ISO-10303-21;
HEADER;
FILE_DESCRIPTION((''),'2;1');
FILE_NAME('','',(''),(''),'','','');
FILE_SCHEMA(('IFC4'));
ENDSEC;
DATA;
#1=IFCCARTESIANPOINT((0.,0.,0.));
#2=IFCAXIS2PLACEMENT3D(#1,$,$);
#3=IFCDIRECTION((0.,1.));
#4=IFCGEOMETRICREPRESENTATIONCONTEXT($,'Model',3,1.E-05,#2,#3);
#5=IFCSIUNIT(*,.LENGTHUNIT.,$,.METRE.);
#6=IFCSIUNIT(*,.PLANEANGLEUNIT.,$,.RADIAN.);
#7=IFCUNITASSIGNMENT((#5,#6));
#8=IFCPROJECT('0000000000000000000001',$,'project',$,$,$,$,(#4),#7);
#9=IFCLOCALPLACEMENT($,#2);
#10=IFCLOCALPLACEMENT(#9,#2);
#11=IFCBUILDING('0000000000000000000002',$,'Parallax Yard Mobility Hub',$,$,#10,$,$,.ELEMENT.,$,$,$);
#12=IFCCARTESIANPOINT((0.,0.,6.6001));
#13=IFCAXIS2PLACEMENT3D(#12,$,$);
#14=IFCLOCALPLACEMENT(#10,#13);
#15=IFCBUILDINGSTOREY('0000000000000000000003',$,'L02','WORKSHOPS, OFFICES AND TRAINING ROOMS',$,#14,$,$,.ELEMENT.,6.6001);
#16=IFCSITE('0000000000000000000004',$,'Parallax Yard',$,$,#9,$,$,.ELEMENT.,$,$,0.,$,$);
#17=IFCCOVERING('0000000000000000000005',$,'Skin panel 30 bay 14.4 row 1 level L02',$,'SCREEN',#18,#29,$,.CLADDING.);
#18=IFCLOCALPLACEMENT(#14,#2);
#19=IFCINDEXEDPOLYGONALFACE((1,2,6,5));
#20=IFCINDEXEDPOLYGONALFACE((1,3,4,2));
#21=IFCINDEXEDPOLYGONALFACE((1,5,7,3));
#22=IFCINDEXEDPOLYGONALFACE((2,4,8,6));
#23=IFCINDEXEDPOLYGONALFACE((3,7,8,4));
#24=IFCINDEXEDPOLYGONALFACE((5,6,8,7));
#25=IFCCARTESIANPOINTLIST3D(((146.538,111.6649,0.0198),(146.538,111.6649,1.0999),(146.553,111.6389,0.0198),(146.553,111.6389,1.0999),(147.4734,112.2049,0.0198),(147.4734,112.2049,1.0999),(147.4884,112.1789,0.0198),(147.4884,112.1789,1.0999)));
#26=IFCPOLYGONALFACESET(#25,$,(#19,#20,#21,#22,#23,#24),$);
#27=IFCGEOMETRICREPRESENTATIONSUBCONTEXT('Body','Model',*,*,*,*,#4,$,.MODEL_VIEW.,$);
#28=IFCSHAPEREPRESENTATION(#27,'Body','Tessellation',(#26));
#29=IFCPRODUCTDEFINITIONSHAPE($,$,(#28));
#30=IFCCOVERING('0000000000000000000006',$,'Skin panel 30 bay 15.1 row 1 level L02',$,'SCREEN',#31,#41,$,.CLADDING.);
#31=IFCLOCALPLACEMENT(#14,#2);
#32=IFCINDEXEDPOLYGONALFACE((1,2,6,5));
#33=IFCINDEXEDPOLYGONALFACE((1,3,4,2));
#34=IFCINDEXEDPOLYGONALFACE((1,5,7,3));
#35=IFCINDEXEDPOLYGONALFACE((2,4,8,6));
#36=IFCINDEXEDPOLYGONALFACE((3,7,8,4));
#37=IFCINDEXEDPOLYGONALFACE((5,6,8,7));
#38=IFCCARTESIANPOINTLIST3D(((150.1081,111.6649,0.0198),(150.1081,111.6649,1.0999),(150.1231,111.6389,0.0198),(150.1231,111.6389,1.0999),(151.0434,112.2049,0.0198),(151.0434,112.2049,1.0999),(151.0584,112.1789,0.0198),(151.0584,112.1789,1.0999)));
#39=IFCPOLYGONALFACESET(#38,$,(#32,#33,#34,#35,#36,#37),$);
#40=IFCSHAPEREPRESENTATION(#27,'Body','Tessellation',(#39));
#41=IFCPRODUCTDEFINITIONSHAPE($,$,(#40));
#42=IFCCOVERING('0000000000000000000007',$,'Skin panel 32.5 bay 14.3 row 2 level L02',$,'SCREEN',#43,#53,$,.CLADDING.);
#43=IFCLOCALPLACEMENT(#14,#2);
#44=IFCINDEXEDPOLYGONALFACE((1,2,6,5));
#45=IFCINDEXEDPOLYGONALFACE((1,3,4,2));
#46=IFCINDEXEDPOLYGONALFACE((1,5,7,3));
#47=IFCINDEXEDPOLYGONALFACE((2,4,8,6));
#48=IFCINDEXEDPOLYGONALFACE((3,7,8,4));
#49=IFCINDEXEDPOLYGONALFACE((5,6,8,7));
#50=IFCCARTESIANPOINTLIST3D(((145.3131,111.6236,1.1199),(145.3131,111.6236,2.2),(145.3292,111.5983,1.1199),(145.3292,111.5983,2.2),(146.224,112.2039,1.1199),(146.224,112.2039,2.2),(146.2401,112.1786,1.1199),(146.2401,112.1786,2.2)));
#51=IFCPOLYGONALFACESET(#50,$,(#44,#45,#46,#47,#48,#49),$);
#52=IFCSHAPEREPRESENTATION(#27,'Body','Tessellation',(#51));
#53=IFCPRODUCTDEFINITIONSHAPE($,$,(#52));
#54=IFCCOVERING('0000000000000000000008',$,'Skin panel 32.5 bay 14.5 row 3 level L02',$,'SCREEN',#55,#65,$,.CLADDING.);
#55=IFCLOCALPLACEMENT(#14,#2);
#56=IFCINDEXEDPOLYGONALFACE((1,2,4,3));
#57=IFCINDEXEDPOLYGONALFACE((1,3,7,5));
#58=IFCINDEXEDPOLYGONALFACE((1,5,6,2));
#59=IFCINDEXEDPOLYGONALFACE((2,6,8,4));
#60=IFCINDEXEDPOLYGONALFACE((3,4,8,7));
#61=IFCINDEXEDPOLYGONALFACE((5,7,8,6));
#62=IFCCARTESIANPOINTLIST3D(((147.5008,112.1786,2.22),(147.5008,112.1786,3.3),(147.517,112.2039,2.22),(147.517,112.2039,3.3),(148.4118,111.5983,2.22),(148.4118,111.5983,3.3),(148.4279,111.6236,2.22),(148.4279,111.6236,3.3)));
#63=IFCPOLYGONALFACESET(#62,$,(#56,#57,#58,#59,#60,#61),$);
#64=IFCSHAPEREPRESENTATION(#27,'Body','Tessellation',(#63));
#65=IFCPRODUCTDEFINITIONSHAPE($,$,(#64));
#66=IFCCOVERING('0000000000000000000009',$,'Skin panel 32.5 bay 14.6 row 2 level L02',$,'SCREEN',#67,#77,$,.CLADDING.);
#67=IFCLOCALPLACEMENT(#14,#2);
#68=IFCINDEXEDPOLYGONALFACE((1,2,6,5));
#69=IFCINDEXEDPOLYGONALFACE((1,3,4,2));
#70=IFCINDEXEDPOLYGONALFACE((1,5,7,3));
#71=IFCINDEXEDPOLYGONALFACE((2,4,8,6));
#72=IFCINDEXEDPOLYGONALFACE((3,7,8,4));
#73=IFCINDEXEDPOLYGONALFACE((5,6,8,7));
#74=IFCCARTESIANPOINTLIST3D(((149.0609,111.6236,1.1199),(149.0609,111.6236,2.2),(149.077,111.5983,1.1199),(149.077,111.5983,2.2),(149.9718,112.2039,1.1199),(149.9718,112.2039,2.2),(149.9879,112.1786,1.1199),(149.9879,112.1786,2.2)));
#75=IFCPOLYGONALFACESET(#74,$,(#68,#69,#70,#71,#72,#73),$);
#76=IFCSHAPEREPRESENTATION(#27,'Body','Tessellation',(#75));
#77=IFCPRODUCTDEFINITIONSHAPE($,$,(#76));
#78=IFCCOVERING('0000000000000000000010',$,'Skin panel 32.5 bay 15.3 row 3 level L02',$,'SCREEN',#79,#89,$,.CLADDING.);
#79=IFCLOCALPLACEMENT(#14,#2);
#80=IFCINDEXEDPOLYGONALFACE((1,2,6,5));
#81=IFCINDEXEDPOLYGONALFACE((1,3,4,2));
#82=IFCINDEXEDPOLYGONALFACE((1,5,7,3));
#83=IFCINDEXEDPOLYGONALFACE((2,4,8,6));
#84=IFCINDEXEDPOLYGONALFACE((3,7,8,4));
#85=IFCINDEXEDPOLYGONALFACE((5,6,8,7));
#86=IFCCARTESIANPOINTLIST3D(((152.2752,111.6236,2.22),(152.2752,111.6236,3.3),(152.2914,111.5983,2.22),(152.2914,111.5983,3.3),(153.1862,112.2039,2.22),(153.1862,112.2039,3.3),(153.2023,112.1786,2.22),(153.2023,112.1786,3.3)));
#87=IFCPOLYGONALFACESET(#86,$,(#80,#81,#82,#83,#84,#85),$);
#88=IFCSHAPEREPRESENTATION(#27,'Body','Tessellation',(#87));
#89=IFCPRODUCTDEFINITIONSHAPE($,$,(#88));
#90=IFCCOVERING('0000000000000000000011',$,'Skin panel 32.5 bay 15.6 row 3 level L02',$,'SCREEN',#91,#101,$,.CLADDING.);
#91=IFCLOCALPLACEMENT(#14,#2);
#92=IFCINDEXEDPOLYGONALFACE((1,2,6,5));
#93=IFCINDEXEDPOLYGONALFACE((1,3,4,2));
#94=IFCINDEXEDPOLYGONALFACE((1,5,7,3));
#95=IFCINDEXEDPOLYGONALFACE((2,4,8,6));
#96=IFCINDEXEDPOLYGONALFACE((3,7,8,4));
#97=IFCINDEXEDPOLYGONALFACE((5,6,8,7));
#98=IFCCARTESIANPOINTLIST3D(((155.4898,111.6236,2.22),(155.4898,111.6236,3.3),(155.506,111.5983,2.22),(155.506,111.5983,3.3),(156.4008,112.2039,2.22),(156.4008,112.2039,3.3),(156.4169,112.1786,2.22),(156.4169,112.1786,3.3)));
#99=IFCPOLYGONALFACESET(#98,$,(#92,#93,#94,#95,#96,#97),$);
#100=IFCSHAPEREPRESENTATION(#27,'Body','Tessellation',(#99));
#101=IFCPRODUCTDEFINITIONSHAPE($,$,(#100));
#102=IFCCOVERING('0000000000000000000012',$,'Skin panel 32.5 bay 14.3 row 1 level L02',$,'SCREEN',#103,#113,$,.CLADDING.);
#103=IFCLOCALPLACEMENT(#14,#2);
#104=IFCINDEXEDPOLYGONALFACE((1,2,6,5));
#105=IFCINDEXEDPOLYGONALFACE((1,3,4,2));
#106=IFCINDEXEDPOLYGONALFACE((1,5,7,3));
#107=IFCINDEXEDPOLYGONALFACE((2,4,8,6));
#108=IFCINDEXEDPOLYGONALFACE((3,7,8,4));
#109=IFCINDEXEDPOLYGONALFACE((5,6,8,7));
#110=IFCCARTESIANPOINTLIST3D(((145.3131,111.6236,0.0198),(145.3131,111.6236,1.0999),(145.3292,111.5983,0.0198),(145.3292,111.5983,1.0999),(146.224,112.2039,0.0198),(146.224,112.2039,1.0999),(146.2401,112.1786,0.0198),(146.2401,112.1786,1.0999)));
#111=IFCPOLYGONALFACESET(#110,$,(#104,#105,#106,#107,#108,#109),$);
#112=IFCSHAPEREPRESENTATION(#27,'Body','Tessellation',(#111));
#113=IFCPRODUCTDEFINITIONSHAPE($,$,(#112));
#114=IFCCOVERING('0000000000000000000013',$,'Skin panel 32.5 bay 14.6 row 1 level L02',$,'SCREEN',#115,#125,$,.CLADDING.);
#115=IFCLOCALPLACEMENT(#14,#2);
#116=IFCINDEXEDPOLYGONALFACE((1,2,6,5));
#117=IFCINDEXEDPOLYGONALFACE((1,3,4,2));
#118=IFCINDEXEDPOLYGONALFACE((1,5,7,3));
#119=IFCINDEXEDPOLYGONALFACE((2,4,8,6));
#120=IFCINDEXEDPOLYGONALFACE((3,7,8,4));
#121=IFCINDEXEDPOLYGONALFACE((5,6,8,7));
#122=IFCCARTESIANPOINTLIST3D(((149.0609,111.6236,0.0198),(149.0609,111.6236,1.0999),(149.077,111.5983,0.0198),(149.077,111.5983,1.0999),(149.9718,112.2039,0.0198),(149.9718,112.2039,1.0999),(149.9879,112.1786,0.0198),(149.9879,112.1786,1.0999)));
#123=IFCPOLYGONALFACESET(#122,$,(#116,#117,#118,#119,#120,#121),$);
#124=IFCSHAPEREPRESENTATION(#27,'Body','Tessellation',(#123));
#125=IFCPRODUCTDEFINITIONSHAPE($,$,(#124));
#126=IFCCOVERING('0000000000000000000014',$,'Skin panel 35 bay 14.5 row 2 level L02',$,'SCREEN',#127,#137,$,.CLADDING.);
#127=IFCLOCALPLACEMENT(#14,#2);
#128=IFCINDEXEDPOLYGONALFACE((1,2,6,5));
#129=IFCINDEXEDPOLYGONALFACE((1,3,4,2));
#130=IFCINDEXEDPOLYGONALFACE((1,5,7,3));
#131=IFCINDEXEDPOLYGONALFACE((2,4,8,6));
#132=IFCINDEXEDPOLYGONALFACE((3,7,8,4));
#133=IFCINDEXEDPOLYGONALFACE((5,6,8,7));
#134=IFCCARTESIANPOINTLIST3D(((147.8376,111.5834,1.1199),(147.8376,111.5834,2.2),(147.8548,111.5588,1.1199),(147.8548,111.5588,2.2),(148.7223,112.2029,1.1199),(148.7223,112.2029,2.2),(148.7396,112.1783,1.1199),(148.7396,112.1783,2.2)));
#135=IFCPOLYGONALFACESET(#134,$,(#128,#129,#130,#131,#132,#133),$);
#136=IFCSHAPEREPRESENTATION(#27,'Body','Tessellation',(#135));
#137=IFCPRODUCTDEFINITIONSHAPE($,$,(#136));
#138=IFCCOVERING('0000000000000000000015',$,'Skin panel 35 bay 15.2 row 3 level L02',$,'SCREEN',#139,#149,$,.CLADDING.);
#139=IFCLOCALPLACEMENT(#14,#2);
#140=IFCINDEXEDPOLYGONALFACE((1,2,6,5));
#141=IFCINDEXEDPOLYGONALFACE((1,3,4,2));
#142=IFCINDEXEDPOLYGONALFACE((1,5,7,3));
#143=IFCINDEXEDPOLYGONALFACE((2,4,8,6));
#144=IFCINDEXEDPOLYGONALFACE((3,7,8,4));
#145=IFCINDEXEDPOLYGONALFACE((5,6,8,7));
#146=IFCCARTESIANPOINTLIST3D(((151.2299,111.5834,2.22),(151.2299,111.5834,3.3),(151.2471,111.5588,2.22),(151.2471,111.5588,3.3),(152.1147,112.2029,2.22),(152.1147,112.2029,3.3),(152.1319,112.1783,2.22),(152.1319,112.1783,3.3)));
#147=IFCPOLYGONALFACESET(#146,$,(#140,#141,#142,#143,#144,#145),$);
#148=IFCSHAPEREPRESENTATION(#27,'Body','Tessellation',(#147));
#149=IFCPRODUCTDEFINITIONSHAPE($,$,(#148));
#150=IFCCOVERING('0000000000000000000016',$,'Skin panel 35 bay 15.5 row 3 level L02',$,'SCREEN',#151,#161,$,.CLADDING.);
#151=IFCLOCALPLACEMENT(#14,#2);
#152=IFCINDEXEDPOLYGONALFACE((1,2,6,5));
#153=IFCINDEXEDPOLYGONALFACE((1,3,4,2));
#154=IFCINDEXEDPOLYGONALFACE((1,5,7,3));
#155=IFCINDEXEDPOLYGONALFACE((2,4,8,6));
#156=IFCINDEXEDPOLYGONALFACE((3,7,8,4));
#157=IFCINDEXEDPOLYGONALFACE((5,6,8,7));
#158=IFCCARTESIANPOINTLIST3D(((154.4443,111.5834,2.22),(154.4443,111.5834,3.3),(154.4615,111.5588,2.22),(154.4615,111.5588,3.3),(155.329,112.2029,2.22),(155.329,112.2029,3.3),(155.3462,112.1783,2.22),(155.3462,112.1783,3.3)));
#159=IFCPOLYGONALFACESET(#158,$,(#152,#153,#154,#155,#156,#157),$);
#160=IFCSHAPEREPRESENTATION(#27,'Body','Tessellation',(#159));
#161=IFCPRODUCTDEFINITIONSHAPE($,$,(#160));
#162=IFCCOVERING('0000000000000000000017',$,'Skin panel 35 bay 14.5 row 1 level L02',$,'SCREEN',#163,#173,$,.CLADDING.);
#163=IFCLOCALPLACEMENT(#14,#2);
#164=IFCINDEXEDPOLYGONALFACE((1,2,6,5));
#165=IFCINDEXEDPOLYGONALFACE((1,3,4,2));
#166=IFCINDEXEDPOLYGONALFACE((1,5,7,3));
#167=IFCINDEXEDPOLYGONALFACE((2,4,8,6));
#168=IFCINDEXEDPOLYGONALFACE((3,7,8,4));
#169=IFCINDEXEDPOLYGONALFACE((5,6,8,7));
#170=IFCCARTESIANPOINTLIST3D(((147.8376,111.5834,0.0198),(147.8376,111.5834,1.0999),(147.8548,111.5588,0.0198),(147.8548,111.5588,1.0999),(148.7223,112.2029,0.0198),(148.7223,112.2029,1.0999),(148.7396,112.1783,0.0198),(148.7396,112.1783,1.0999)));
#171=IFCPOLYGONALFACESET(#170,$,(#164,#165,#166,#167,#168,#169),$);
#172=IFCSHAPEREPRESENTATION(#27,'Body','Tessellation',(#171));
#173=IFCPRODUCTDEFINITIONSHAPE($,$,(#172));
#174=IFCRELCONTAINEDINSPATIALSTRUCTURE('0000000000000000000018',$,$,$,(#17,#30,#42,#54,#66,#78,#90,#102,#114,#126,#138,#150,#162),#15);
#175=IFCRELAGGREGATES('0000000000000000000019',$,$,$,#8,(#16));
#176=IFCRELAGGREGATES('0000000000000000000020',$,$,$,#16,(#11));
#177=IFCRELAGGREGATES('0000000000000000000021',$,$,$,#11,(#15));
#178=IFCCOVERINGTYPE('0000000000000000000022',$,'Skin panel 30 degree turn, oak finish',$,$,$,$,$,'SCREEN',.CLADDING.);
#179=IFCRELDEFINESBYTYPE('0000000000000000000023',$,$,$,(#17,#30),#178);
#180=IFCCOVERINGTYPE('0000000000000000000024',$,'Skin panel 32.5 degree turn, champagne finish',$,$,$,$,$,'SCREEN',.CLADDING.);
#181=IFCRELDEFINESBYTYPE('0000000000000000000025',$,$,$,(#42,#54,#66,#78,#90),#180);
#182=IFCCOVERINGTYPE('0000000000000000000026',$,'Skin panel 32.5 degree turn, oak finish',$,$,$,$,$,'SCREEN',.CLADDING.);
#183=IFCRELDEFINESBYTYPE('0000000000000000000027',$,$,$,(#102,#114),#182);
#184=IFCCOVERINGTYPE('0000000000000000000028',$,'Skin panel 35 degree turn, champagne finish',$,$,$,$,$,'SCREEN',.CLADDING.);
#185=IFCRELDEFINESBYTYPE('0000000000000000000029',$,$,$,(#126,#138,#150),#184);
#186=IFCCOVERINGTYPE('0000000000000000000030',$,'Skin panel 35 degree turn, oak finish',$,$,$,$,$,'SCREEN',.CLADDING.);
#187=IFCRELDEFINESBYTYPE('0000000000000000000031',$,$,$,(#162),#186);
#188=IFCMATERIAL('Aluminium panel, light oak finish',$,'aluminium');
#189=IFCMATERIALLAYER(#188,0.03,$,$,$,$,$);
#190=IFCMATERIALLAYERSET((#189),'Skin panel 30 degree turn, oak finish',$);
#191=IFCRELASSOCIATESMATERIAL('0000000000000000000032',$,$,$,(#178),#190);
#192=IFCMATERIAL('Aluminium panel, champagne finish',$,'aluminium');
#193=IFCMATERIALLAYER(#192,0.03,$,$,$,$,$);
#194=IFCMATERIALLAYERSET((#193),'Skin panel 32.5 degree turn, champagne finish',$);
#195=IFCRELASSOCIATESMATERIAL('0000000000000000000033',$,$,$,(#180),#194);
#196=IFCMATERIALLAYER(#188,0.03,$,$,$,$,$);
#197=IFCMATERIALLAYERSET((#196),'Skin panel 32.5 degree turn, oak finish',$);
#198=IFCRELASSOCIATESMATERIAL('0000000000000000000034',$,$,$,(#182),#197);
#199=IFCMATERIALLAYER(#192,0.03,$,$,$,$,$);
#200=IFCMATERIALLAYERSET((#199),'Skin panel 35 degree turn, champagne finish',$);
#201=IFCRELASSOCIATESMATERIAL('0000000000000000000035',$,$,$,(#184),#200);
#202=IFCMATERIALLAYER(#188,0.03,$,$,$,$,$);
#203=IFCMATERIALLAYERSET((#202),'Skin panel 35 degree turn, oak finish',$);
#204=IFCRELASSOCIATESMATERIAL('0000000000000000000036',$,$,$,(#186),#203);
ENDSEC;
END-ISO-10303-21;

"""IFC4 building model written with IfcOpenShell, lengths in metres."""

from ifc_helpers import new_model, si_unit, direction, frame, origin, origin_2d, place, context, subcontext, project, spatial, rectangle, extrude, material, layer, layer_set, type_object, element, save


model = new_model("IFC4")

# Units and contexts
model_context = context("Model", 3, precision=1e-05, world=origin(), true_north=direction((0.0, 1.0)))
body_context = subcontext(model_context, "Body", "Model", "MODEL_VIEW")
ifc_project = project(units=[si_unit("LENGTHUNIT", "METRE"), si_unit("PLANEANGLEUNIT", "RADIAN")], contexts=[model_context])

# Site, building, storey
site_placement = place(None, origin())
site = spatial("IfcSite", under=ifc_project, at=site_placement, Name="Parallax Yard", CompositionType="ELEMENT", RefElevation=0.0)
building_placement = place(site_placement, origin())
building = spatial("IfcBuilding", under=site, at=building_placement, Name="Parallax Yard Mobility Hub", CompositionType="ELEMENT")
storey_placement = place(building_placement, frame((0.0, 0.0, 6.6001)))
storey = spatial("IfcBuildingStorey", under=building, at=storey_placement, Name="L02", Description="WORKSHOPS, OFFICES AND TRAINING ROOMS", CompositionType="ELEMENT", Elevation=6.6001)

# Coverings
ifc_material_1 = material(Name="Aluminium panel, light oak finish", Category="aluminium")
ifc_material_2 = material(Name="Aluminium panel, champagne finish", Category="aluminium")
ifc_layer_1 = layer(ifc_material_1, 0.03)
ifc_layer_set_1 = layer_set([ifc_layer_1], Name="Skin panel 30 degree turn, oak finish")
covering_type_1 = type_object("IfcCoveringType", Name="Skin panel 30 degree turn, oak finish", ElementType="SCREEN", PredefinedType="CLADDING", material=ifc_layer_set_1)
for number, where, z_axis, x_axis, name in (
    (1, (147.0132, 111.9219, 0.0198), (0.0, 0.0, 1.0), (-0.866025, -0.5, 0.0), "Skin panel 30 bay 14.4 row 1 level L02"),
    (2, (150.5833, 111.9219, 0.0198), (0.0, 0.0, 1.0), (-0.866025, -0.5, 0.0), "Skin panel 30 bay 15.1 row 1 level L02"),
):
    element("IfcCovering", number, at=place(storey_placement, frame(where, z_axis=z_axis, x_axis=x_axis)), inside=storey, type_object=covering_type_1, Name=name, ObjectType="SCREEN", PredefinedType="CLADDING", context=body_context, shape_type="SweptSolid", body=[
        extrude(rectangle(XDim=1.0801, YDim=0.03, at=origin_2d()), origin(), (0.0, 0.0, 1.0), 1.0801),
    ])
ifc_layer_2 = layer(ifc_material_2, 0.03)
ifc_layer_set_2 = layer_set([ifc_layer_2], Name="Skin panel 32.5 degree turn, champagne finish")
covering_type_2 = type_object("IfcCoveringType", Name="Skin panel 32.5 degree turn, champagne finish", ElementType="SCREEN", PredefinedType="CLADDING", material=ifc_layer_set_2)
for number, where, z_axis, x_axis, name in (
    (3, (145.7766, 111.9011, 1.1199), (0.0, 0.0, 1.0), (-0.843391, -0.5373, 0.0), "Skin panel 32.5 bay 14.3 row 2 level L02"),
    (4, (147.9644, 111.9011, 2.22), (0.0, 0.0, 1.0), (0.843391, -0.5373, 0.0), "Skin panel 32.5 bay 14.5 row 3 level L02"),
    (5, (149.5244, 111.9011, 1.1199), (0.0, 0.0, 1.0), (-0.843391, -0.5373, 0.0), "Skin panel 32.5 bay 14.6 row 2 level L02"),
    (6, (152.7388, 111.9011, 2.22), (0.0, 0.0, 1.0), (-0.843391, -0.5373, 0.0), "Skin panel 32.5 bay 15.3 row 3 level L02"),
    (7, (155.9534, 111.9011, 2.22), (0.0, 0.0, 1.0), (-0.843391, -0.5373, 0.0), "Skin panel 32.5 bay 15.6 row 3 level L02"),
):
    element("IfcCovering", number, at=place(storey_placement, frame(where, z_axis=z_axis, x_axis=x_axis)), inside=storey, type_object=covering_type_2, Name=name, ObjectType="SCREEN", PredefinedType="CLADDING", context=body_context, shape_type="SweptSolid", body=[
        extrude(rectangle(XDim=1.0801, YDim=0.03, at=origin_2d()), origin(), (0.0, 0.0, 1.0), 1.0801),
    ])
ifc_layer_3 = layer(ifc_material_1, 0.03)
ifc_layer_set_3 = layer_set([ifc_layer_3], Name="Skin panel 32.5 degree turn, oak finish")
covering_type_3 = type_object("IfcCoveringType", Name="Skin panel 32.5 degree turn, oak finish", ElementType="SCREEN", PredefinedType="CLADDING", material=ifc_layer_set_3)
for number, where, z_axis, x_axis, name in (
    (8, (145.7766, 111.9011, 0.0198), (0.0, 0.0, 1.0), (-0.843391, -0.5373, 0.0), "Skin panel 32.5 bay 14.3 row 1 level L02"),
    (9, (149.5244, 111.9011, 0.0198), (0.0, 0.0, 1.0), (-0.843391, -0.5373, 0.0), "Skin panel 32.5 bay 14.6 row 1 level L02"),
):
    element("IfcCovering", number, at=place(storey_placement, frame(where, z_axis=z_axis, x_axis=x_axis)), inside=storey, type_object=covering_type_3, Name=name, ObjectType="SCREEN", PredefinedType="CLADDING", context=body_context, shape_type="SweptSolid", body=[
        extrude(rectangle(XDim=1.0801, YDim=0.03, at=origin_2d()), origin(), (0.0, 0.0, 1.0), 1.0801),
    ])
ifc_layer_4 = layer(ifc_material_2, 0.03)
ifc_layer_set_4 = layer_set([ifc_layer_4], Name="Skin panel 35 degree turn, champagne finish")
covering_type_4 = type_object("IfcCoveringType", Name="Skin panel 35 degree turn, champagne finish", ElementType="SCREEN", PredefinedType="CLADDING", material=ifc_layer_set_4)
for number, where, z_axis, x_axis, name in (
    (10, (148.2886, 111.8809, 1.1199), (0.0, 0.0, 1.0), (-0.819152, -0.573576, 0.0), "Skin panel 35 bay 14.5 row 2 level L02"),
    (11, (151.6809, 111.8809, 2.22), (0.0, 0.0, 1.0), (-0.819152, -0.573576, 0.0), "Skin panel 35 bay 15.2 row 3 level L02"),
    (12, (154.8953, 111.8809, 2.22), (0.0, 0.0, 1.0), (-0.819152, -0.573576, 0.0), "Skin panel 35 bay 15.5 row 3 level L02"),
):
    element("IfcCovering", number, at=place(storey_placement, frame(where, z_axis=z_axis, x_axis=x_axis)), inside=storey, type_object=covering_type_4, Name=name, ObjectType="SCREEN", PredefinedType="CLADDING", context=body_context, shape_type="SweptSolid", body=[
        extrude(rectangle(XDim=1.0801, YDim=0.03, at=origin_2d()), origin(), (0.0, 0.0, 1.0), 1.0801),
    ])
ifc_layer_5 = layer(ifc_material_1, 0.03)
ifc_layer_set_5 = layer_set([ifc_layer_5], Name="Skin panel 35 degree turn, oak finish")
covering_type_5 = type_object("IfcCoveringType", Name="Skin panel 35 degree turn, oak finish", ElementType="SCREEN", PredefinedType="CLADDING", material=ifc_layer_set_5)
covering_1_placement = place(storey_placement, frame((148.2886, 111.8809, 0.0198), z_axis=(0.0, 0.0, 1.0), x_axis=(-0.819152, -0.573576, 0.0)))
element("IfcCovering", 13, at=covering_1_placement, inside=storey, type_object=covering_type_5, Name="Skin panel 35 bay 14.5 row 1 level L02", ObjectType="SCREEN", PredefinedType="CLADDING", context=body_context, shape_type="SweptSolid", body=[
    extrude(rectangle(XDim=1.0801, YDim=0.03, at=origin_2d()), origin(), (0.0, 0.0, 1.0), 1.0801),
])

save(model, "model.ifc")
